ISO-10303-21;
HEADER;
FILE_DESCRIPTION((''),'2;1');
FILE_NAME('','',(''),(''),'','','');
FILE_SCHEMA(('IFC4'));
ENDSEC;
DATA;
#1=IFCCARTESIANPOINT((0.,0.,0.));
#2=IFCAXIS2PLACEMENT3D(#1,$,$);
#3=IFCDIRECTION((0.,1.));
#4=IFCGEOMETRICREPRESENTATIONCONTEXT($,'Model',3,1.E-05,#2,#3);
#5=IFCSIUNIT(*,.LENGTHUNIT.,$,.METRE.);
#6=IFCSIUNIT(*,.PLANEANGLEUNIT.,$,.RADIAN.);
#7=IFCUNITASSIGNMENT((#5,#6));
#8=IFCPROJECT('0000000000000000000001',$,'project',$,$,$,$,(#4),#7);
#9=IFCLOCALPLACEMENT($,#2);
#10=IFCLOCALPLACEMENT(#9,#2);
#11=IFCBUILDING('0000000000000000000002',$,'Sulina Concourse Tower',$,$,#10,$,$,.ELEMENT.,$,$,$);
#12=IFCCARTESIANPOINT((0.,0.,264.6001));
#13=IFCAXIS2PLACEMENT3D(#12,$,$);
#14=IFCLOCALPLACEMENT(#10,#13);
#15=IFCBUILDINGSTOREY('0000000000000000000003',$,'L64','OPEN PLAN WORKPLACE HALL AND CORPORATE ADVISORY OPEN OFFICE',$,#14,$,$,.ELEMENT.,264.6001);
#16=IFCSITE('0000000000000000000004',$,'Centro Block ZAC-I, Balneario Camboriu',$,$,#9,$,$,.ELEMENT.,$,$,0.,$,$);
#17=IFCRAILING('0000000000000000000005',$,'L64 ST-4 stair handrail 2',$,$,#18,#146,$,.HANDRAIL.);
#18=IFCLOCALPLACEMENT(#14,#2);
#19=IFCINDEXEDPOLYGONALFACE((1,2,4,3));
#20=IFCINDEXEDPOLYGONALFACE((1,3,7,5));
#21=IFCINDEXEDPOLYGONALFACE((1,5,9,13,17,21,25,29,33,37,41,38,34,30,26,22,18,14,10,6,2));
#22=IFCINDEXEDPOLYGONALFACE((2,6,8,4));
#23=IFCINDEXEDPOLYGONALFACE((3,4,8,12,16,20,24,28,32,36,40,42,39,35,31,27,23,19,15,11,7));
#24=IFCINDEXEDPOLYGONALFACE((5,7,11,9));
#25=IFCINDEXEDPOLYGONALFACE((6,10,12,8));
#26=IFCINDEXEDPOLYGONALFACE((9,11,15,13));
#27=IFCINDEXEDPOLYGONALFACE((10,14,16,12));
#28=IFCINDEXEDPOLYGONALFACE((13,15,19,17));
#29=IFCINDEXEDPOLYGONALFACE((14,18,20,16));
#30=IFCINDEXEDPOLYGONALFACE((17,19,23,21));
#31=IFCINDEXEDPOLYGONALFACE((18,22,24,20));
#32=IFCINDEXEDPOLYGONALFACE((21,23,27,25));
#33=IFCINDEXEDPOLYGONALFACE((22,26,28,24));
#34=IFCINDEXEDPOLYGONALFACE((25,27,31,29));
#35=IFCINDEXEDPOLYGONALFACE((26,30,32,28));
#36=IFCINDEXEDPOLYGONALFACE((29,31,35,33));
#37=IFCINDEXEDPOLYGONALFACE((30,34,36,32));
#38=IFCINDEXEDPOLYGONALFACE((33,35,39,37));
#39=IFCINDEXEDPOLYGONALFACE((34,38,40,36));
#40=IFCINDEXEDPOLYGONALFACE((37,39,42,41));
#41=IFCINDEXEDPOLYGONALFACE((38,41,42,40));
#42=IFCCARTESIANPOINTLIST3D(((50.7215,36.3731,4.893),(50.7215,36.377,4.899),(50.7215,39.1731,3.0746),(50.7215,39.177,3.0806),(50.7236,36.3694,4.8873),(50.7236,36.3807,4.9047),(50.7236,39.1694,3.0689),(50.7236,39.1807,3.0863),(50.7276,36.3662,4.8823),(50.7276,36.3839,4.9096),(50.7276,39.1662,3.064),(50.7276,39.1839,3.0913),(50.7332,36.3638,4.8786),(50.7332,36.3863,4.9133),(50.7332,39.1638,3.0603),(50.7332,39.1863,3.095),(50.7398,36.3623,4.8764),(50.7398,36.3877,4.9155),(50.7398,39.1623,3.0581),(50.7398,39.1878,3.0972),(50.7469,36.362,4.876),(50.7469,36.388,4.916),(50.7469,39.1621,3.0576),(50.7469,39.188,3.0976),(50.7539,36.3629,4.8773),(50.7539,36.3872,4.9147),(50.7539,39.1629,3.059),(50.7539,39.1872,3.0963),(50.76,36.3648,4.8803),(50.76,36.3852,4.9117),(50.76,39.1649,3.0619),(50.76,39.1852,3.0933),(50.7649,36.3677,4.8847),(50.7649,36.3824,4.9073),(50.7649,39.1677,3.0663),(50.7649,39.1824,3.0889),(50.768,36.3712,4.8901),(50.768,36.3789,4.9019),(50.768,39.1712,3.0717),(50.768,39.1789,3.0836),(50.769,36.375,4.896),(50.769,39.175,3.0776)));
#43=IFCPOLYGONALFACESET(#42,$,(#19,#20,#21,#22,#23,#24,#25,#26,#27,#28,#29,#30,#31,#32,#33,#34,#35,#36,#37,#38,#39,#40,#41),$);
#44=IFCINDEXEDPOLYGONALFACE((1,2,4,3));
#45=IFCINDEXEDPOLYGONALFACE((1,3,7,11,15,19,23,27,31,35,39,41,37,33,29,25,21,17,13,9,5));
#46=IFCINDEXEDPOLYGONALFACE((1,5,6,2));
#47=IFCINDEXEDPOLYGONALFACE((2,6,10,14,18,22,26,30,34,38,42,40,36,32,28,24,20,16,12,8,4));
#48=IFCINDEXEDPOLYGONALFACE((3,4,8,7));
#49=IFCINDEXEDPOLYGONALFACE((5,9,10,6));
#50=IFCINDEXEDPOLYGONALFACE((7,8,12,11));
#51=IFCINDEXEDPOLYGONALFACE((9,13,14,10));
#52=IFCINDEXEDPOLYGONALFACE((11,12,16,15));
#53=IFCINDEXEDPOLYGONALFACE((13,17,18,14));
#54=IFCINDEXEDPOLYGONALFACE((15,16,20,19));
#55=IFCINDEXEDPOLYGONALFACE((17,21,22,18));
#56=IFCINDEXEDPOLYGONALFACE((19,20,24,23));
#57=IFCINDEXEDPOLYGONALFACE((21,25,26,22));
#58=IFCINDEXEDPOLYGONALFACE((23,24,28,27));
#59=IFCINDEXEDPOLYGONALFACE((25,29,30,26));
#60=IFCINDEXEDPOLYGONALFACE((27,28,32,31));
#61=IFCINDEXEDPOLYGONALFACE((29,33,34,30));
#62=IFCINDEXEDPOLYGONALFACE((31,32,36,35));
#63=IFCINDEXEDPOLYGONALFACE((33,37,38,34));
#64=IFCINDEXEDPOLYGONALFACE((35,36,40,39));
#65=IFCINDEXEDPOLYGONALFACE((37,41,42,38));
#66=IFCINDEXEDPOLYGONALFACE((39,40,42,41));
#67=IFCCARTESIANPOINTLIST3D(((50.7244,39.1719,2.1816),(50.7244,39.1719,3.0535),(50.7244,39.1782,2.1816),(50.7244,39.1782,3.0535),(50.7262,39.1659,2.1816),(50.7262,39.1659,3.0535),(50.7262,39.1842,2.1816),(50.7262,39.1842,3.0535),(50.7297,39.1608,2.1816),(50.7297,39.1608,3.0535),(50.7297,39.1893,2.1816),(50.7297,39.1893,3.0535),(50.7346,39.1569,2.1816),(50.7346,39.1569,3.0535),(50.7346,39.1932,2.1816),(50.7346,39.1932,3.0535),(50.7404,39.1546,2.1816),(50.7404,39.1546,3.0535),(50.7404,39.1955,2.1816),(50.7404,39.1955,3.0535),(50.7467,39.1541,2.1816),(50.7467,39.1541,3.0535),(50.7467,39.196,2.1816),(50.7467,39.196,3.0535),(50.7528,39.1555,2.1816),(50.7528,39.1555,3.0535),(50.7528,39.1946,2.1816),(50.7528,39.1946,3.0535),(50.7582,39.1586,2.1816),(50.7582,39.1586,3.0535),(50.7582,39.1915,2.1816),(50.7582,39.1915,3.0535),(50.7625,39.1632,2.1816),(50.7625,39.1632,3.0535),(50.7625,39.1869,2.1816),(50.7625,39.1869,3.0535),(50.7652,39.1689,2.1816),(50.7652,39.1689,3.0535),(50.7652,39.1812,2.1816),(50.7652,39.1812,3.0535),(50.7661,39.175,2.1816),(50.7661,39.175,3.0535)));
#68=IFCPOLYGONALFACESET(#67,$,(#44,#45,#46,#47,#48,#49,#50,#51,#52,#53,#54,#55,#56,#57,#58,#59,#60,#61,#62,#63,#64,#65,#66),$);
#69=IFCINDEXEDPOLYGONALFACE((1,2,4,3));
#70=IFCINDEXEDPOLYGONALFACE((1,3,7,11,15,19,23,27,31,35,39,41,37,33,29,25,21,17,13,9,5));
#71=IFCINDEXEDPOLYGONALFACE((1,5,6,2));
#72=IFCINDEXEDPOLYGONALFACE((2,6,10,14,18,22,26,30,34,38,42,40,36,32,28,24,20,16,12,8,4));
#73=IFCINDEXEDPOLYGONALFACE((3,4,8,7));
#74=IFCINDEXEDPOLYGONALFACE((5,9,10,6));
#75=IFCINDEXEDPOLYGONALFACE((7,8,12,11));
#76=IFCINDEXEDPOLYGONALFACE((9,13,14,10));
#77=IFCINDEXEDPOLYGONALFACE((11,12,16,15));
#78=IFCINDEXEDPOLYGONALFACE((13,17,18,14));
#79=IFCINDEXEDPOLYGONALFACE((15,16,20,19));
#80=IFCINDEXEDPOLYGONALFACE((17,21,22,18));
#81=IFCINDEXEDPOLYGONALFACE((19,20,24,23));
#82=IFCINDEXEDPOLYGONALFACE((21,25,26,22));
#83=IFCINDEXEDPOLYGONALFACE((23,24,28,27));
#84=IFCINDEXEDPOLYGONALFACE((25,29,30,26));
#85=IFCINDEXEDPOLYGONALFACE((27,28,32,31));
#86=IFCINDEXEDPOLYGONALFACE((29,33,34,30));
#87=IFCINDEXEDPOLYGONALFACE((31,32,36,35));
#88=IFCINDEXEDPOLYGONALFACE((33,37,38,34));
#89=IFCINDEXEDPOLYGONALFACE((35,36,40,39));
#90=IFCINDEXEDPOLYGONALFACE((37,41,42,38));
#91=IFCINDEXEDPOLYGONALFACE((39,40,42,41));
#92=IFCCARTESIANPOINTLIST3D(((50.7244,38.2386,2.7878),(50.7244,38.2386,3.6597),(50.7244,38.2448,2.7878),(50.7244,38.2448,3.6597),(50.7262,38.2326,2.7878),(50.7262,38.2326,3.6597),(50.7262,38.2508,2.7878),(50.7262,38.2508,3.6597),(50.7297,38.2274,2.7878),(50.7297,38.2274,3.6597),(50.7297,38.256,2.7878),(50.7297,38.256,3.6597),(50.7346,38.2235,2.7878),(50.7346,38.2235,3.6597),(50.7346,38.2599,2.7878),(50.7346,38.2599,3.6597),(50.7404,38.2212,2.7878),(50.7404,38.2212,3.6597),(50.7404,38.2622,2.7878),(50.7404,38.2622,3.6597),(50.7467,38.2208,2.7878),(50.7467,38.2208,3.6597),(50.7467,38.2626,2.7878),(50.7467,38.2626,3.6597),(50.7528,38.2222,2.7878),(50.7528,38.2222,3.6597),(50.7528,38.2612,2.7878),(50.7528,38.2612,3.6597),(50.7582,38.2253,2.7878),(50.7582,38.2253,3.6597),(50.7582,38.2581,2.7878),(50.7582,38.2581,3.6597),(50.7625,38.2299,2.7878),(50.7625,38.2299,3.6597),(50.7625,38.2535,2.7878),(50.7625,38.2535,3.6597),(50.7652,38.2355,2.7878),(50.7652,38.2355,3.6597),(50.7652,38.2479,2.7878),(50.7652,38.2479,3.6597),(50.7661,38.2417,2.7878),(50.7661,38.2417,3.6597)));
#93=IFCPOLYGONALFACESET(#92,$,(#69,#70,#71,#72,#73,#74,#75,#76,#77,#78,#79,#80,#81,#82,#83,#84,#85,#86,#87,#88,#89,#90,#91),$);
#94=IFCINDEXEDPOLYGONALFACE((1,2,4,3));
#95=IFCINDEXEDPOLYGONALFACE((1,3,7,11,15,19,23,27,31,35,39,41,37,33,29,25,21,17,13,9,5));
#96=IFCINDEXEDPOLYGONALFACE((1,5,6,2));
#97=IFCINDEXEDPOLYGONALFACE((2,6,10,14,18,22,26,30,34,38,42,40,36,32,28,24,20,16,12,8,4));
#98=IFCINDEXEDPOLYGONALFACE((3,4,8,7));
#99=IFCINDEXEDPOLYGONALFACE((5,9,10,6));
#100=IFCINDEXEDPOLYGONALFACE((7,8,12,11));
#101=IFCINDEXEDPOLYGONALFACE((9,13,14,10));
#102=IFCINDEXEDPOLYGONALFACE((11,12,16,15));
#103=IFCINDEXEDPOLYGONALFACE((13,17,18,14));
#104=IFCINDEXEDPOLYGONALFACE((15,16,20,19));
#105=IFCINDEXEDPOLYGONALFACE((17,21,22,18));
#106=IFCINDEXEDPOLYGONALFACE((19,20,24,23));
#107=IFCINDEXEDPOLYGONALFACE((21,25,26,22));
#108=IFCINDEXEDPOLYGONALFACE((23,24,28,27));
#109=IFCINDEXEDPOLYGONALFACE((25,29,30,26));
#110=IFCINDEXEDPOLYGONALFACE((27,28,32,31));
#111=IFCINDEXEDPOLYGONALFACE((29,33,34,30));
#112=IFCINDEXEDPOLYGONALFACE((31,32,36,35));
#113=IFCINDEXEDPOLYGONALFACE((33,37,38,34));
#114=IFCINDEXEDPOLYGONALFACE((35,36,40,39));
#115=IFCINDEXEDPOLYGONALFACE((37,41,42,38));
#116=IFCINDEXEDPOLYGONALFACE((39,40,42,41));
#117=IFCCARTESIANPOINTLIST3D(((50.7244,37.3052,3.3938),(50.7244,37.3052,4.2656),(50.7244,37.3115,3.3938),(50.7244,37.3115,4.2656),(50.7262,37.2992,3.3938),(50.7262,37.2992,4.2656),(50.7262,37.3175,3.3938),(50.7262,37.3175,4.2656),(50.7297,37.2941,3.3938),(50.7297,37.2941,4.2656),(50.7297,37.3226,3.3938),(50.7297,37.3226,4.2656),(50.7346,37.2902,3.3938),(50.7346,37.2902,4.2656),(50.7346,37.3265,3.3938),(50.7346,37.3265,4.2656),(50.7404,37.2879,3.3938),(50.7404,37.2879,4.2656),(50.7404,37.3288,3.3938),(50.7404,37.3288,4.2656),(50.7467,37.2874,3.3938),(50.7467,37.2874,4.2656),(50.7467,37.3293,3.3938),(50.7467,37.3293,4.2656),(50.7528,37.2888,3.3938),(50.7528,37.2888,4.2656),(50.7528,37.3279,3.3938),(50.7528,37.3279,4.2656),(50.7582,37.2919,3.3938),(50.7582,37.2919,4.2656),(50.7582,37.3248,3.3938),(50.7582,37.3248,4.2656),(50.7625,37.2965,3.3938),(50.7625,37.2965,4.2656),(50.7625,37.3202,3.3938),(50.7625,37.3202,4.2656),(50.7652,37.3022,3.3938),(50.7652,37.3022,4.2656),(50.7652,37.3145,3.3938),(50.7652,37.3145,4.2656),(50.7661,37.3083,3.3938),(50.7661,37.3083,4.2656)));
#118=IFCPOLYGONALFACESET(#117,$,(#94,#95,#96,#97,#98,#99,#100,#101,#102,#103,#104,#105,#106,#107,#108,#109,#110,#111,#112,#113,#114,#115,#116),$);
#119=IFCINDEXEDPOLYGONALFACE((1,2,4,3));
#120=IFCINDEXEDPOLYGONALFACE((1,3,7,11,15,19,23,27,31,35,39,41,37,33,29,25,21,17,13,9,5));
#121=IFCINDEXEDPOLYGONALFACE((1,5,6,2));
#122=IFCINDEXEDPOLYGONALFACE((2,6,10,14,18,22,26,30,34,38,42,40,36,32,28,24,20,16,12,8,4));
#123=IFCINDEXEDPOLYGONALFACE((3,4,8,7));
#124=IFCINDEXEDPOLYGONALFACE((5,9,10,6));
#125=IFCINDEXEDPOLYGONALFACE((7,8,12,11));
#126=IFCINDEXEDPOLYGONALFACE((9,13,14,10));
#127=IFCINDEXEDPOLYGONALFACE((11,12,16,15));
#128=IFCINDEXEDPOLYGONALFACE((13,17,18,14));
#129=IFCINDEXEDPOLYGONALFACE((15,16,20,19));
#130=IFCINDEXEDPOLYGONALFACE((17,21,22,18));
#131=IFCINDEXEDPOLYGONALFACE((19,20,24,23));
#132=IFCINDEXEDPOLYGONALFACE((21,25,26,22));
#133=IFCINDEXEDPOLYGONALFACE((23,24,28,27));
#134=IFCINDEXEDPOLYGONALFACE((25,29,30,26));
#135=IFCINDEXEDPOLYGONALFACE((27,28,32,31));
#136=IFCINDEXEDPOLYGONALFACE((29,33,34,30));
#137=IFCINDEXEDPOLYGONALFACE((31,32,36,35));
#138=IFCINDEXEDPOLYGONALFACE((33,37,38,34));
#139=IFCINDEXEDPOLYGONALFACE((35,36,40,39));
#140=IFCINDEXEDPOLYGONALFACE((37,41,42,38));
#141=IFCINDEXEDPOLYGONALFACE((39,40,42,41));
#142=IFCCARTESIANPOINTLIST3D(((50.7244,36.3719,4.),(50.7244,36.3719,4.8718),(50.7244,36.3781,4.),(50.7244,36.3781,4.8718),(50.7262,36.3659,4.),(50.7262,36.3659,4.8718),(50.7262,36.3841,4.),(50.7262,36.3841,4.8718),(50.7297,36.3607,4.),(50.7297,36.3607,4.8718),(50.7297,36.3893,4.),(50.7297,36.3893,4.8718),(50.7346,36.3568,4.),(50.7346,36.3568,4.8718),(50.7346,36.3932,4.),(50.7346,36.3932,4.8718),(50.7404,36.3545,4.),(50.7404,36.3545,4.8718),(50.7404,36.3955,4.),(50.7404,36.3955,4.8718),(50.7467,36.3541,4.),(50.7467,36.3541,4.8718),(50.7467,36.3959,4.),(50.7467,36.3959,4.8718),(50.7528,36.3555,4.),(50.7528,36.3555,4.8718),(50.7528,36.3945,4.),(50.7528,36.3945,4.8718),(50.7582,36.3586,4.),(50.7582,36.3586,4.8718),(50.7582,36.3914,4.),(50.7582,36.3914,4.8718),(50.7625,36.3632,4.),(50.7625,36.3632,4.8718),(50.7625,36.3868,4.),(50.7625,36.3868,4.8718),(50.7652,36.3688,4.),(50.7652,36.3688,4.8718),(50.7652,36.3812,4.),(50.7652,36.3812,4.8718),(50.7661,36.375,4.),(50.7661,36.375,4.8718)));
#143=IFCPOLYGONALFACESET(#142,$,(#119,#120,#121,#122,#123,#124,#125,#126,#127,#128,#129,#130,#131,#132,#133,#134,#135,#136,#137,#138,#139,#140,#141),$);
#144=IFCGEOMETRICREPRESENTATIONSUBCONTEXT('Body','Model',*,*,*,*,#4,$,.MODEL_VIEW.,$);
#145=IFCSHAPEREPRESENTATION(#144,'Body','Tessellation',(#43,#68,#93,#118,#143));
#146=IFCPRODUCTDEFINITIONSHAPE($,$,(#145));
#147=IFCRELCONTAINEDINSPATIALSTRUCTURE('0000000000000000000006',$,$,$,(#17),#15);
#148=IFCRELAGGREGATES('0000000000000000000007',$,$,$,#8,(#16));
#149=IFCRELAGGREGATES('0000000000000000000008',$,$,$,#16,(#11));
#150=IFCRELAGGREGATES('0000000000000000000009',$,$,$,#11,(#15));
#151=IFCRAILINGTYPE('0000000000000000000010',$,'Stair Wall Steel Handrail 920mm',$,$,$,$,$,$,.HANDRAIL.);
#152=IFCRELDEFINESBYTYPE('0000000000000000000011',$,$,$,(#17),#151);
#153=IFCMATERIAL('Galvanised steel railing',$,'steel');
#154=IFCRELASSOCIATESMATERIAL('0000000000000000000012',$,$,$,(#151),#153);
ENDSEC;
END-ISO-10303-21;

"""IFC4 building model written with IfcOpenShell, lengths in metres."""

from ifc_helpers import new_model, si_unit, direction, frame, origin, origin_2d, place, context, subcontext, project, spatial, circle, extrude, material, type_object, element, save


model = new_model("IFC4")

# Units and contexts
model_context = context("Model", 3, precision=1e-05, world=origin(), true_north=direction((0.0, 1.0)))
body_context = subcontext(model_context, "Body", "Model", "MODEL_VIEW")
ifc_project = project(units=[si_unit("LENGTHUNIT", "METRE"), si_unit("PLANEANGLEUNIT", "RADIAN")], contexts=[model_context])

# Site, building, storey
site_placement = place(None, origin())
site = spatial("IfcSite", under=ifc_project, at=site_placement, Name="Centro Block ZAC-I, Balneario Camboriu", CompositionType="ELEMENT", RefElevation=0.0)
building_placement = place(site_placement, origin())
building = spatial("IfcBuilding", under=site, at=building_placement, Name="Sulina Concourse Tower", CompositionType="ELEMENT")
storey_placement = place(building_placement, frame((0.0, 0.0, 264.6001)))
storey = spatial("IfcBuildingStorey", under=building, at=storey_placement, Name="L64", Description="OPEN PLAN WORKPLACE HALL AND CORPORATE ADVISORY OPEN OFFICE", CompositionType="ELEMENT", Elevation=264.6001)

# Railing
ifc_material_1 = material(Name="Galvanised steel railing", Category="steel")
railing_type_1 = type_object("IfcRailingType", Name="Stair Wall Steel Handrail 920mm", PredefinedType="HANDRAIL", material=ifc_material_1)
railing_1_placement = place(storey_placement, frame((50.7451, 39.175, 2.1816)))
element("IfcRailing", 1, at=railing_1_placement, inside=storey, type_object=railing_type_1, Name="L64 ST-4 stair handrail 2", PredefinedType="HANDRAIL", context=body_context, shape_type="SweptSolid", body=[
    extrude(circle(Radius=0.0239, at=origin_2d()), frame((0.0, 0.0, 0.896), z_axis=(0.0, -0.838672, 0.544636), x_axis=(1.0, 0.0, 0.0)), (0.0, 0.0, 1.0), 3.3386),
    extrude(circle(Radius=0.021, at=origin_2d()), origin(), (0.0, 0.0, 1.0), 0.8718),
    extrude(circle(Radius=0.021, at=origin_2d()), frame((0.0, -0.9333, 0.6062)), (0.0, 0.0, 1.0), 0.8718),
    extrude(circle(Radius=0.021, at=origin_2d()), frame((0.0, -1.8667, 1.2122)), (0.0, 0.0, 1.0), 0.8718),
    extrude(circle(Radius=0.021, at=origin_2d()), frame((0.0, -2.8, 1.8184)), (0.0, 0.0, 1.0), 0.8718),
])

save(model, "model.ifc")
